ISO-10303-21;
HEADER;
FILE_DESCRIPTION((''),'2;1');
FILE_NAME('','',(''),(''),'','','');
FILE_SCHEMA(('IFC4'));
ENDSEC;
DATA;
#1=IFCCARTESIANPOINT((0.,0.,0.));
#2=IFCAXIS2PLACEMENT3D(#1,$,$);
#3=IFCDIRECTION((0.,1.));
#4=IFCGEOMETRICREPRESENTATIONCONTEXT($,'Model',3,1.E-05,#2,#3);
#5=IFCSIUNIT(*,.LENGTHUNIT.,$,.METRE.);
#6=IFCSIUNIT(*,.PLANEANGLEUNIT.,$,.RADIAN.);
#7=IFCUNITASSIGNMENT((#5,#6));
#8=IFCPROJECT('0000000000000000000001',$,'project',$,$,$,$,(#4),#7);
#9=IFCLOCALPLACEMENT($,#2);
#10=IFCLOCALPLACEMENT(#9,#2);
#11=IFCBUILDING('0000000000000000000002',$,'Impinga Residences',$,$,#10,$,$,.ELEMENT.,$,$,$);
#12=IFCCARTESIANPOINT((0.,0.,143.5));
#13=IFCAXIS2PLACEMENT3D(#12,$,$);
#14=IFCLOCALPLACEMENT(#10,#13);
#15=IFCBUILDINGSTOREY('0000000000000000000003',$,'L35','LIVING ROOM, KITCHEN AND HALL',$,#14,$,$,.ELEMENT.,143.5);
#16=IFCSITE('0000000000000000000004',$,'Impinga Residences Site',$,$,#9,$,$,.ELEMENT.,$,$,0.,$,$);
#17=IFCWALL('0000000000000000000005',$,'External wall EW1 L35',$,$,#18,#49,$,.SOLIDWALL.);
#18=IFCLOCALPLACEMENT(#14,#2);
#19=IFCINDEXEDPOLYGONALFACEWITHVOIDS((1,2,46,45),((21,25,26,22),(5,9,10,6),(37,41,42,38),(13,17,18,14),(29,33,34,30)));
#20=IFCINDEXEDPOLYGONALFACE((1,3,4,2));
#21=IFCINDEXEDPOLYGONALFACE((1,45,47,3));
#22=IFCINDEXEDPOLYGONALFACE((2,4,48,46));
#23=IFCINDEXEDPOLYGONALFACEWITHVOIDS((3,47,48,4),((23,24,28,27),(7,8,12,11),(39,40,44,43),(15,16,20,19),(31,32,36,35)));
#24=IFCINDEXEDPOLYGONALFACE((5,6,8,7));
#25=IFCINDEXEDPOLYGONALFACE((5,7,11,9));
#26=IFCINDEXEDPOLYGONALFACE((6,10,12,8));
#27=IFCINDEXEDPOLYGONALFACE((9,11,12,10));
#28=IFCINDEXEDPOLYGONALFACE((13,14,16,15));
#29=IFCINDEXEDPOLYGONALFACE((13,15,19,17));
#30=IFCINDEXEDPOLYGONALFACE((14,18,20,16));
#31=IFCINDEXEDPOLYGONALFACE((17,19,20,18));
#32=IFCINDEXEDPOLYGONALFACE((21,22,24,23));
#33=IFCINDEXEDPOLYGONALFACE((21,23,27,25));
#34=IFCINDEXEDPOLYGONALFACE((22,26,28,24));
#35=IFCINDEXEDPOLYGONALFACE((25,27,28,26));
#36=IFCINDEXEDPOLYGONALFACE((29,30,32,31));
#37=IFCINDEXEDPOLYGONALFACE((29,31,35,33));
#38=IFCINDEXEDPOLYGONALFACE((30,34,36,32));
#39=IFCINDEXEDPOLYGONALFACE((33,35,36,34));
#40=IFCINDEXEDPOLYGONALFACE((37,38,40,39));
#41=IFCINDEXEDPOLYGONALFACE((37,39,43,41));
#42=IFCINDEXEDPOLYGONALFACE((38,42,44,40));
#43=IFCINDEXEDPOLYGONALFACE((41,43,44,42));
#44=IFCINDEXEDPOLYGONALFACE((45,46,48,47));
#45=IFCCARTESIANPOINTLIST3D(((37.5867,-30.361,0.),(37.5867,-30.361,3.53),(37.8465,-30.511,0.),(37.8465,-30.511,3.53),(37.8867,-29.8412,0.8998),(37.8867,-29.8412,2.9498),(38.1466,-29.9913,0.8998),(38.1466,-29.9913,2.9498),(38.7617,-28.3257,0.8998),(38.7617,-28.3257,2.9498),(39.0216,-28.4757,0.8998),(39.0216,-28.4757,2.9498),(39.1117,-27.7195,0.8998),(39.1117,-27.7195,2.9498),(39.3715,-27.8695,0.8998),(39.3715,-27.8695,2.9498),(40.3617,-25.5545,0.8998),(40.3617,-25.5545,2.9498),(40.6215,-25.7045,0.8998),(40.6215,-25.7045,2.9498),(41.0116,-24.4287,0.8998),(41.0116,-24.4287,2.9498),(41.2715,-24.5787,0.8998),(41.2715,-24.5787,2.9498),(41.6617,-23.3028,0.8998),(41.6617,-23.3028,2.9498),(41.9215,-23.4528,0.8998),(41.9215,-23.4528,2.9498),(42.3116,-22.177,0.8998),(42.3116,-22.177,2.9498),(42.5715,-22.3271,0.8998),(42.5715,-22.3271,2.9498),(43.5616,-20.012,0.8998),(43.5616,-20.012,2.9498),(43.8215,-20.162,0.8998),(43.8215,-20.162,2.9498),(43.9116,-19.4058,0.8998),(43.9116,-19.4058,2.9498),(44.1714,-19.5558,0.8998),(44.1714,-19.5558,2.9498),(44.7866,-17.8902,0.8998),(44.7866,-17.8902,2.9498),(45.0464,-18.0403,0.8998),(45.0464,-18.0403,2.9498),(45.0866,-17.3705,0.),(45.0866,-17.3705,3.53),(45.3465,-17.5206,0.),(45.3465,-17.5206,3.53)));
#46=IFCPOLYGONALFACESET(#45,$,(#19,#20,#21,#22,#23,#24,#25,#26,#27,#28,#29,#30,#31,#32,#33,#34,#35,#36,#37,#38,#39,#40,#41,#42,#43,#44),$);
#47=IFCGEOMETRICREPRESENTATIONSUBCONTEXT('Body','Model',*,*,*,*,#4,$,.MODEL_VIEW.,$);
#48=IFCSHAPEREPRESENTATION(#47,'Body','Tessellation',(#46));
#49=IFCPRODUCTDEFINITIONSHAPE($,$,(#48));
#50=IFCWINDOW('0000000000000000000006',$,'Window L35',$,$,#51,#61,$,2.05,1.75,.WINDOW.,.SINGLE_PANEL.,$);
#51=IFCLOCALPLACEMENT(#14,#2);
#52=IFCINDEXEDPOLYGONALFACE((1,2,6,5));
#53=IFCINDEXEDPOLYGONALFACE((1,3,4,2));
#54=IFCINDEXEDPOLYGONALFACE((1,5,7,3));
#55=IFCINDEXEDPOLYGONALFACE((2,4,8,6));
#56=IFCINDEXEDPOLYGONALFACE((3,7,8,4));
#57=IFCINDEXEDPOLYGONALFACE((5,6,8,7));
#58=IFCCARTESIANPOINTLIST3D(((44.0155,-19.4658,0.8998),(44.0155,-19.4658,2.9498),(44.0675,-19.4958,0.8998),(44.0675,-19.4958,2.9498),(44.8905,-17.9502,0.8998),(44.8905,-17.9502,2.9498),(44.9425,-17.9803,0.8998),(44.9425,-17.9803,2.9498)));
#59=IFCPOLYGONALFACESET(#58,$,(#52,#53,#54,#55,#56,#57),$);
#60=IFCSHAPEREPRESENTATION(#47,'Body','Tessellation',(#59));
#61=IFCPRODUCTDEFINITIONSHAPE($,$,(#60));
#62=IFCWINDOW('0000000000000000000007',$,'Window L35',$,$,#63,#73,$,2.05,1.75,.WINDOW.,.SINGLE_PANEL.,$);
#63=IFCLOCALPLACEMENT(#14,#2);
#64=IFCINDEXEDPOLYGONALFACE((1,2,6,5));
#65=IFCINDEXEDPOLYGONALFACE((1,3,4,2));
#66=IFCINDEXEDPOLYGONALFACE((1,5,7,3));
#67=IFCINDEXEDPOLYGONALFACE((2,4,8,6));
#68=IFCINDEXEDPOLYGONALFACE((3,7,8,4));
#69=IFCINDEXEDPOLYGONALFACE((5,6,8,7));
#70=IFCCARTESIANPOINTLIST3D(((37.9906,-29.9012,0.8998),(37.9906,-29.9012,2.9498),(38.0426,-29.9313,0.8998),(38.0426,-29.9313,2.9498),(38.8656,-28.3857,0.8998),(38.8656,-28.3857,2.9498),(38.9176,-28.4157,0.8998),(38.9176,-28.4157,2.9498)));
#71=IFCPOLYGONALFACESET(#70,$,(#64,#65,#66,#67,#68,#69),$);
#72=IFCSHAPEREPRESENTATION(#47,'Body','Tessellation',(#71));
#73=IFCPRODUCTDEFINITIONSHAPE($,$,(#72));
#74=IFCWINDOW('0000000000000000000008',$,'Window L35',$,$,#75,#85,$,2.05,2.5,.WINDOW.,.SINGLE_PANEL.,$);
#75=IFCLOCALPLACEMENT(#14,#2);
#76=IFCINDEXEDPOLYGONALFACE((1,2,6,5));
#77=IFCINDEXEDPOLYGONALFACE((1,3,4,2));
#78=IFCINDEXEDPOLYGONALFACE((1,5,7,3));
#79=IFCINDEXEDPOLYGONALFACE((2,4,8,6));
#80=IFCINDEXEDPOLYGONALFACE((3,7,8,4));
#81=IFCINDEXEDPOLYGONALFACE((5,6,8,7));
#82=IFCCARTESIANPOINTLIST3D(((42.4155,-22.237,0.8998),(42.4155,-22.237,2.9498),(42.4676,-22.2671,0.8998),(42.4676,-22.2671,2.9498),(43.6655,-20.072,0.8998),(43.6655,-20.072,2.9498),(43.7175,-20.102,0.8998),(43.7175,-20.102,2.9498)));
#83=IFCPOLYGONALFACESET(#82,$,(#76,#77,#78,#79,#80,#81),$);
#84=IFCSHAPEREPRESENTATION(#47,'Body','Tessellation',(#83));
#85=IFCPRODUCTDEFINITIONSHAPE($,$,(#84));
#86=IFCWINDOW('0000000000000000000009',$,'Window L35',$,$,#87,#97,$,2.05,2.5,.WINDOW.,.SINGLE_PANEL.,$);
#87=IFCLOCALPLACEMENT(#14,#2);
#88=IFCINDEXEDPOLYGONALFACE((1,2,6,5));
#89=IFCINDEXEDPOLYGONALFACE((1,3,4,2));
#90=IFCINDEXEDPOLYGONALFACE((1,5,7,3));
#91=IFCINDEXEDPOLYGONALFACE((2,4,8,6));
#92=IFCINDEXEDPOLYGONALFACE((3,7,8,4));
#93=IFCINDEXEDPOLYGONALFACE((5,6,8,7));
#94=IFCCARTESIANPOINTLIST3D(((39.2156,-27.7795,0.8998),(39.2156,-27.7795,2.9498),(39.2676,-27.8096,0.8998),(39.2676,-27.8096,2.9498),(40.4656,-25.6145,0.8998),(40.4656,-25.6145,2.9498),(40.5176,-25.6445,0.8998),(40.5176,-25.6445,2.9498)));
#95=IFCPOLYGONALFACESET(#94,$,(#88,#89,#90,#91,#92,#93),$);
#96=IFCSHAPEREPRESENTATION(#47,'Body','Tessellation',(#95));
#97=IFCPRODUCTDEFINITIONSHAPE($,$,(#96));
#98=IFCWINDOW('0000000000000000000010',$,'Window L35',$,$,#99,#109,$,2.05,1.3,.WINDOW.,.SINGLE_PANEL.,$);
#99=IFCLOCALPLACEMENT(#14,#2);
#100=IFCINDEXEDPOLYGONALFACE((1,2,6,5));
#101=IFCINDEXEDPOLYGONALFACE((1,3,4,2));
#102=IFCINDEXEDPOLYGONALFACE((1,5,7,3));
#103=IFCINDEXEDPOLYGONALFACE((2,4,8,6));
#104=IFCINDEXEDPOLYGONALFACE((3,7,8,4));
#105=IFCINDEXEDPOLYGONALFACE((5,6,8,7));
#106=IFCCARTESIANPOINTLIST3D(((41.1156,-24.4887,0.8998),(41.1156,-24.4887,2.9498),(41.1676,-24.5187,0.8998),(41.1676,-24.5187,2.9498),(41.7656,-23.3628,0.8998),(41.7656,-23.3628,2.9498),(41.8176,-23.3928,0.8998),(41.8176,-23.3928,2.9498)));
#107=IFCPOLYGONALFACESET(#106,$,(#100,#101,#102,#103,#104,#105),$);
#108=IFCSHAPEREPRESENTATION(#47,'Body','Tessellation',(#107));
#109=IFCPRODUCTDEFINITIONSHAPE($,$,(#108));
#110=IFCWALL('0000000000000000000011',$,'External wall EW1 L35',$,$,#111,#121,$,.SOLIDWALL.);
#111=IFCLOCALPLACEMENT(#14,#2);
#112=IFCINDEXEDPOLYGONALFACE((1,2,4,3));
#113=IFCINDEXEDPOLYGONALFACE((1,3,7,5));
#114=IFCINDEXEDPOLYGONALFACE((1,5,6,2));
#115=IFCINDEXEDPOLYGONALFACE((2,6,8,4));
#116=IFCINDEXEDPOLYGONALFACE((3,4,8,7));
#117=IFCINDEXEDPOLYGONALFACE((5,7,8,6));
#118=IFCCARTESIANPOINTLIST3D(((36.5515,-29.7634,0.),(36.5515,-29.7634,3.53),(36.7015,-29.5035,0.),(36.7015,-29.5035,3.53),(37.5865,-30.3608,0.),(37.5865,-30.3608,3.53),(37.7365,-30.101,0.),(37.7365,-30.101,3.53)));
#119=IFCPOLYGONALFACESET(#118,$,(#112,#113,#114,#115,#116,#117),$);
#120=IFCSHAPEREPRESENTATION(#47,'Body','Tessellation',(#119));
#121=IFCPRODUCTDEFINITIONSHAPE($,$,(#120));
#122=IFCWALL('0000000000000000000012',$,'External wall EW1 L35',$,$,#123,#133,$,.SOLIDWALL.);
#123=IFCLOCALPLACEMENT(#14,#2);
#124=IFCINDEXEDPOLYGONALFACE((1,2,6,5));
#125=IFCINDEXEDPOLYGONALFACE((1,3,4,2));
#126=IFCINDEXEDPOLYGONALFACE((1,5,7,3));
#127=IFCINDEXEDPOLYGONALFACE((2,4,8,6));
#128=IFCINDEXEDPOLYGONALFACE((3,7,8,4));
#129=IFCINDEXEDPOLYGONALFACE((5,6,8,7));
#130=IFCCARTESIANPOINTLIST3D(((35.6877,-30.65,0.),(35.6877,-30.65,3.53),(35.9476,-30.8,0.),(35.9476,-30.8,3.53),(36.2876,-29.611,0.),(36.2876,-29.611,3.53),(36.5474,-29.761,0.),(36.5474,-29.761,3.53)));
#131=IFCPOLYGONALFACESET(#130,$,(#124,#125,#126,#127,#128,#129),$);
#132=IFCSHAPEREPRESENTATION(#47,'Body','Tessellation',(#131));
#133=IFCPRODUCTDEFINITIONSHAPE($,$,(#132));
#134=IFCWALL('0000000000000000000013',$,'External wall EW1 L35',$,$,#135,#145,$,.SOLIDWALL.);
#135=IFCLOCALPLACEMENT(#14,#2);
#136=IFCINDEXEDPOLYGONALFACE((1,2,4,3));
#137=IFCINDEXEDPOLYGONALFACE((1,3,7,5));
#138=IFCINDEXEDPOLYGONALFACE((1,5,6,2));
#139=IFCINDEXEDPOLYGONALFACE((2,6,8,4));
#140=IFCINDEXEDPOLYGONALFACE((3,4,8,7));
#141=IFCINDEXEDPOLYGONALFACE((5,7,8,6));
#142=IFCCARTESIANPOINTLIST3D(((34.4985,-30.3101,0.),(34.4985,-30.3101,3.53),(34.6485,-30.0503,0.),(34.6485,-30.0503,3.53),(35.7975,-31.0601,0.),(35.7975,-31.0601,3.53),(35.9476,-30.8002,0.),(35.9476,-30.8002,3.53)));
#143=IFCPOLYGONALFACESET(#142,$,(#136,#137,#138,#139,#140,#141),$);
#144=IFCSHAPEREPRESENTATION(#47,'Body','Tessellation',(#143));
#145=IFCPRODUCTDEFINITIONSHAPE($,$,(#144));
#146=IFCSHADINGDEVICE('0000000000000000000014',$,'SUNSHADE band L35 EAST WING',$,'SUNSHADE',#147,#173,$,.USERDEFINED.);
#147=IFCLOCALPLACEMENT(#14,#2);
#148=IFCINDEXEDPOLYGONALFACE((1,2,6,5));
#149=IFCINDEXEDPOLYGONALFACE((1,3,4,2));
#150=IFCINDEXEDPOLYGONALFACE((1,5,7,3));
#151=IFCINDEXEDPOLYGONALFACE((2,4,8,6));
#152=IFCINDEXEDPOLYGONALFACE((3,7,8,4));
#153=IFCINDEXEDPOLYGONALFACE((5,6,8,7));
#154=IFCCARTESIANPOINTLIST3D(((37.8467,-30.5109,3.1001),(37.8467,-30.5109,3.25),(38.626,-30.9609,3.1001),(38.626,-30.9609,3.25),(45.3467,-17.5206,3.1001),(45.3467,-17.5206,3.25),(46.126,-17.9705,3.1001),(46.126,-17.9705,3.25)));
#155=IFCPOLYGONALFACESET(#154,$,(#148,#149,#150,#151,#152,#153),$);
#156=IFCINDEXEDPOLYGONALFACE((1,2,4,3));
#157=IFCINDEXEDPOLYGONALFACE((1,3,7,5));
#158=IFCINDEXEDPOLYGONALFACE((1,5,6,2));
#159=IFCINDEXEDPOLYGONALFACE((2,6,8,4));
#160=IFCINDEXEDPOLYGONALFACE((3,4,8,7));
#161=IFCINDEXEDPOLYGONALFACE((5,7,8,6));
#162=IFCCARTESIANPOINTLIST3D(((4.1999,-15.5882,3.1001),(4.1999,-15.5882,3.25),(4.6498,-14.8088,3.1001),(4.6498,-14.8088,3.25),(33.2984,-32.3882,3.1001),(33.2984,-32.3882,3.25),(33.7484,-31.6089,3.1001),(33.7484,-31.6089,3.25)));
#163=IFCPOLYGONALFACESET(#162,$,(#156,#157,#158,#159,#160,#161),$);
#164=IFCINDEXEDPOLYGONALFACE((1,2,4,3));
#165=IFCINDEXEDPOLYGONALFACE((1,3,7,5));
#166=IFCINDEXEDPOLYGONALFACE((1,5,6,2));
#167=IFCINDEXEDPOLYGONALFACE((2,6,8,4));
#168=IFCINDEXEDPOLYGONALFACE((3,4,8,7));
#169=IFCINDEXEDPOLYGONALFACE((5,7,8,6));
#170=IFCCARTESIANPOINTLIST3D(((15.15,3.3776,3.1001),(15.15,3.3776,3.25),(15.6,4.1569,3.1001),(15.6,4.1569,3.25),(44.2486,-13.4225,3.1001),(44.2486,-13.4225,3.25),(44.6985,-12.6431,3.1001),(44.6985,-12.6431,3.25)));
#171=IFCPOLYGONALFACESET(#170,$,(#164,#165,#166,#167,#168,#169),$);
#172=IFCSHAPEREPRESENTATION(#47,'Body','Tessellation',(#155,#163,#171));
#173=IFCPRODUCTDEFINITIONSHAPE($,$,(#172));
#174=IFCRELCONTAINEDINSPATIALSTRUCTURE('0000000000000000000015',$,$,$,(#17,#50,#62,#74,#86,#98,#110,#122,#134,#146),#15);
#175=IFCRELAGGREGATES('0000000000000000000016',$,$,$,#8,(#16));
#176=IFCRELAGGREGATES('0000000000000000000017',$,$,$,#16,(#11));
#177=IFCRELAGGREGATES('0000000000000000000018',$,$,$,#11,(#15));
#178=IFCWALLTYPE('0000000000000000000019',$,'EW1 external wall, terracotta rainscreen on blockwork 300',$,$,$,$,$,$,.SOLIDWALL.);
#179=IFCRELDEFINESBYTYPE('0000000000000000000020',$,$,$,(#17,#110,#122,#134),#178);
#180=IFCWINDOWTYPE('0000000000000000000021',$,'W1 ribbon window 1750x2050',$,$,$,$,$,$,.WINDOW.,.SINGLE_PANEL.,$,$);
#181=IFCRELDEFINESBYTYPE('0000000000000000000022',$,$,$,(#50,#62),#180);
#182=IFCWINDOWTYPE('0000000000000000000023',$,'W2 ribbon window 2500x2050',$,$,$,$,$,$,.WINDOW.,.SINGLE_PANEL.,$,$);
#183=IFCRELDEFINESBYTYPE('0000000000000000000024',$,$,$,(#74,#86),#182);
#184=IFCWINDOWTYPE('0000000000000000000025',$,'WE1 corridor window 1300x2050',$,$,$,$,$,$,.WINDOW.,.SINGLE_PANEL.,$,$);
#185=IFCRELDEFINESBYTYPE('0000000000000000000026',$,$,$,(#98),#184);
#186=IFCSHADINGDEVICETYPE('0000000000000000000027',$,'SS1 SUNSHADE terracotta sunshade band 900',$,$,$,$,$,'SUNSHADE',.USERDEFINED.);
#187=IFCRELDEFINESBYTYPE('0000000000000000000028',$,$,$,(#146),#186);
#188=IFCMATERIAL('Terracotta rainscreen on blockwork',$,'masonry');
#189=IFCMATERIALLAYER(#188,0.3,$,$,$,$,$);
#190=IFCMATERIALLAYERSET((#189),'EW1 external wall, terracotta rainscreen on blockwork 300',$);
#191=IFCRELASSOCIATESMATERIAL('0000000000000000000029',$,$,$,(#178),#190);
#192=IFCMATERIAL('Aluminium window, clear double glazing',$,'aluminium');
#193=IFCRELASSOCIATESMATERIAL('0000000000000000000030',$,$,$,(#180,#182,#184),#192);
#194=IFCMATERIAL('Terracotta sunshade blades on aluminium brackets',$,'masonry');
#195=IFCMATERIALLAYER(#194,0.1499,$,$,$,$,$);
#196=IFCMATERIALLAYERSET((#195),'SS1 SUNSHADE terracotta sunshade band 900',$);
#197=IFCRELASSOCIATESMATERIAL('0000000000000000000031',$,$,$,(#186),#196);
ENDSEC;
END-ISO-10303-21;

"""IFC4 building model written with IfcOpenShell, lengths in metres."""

from ifc_helpers import new_model, si_unit, direction, frame, frame_2d, origin, origin_2d, place, context, subcontext, project, spatial, rectangle, extrude, material, layer, layer_set, type_object, element, fill, save


model = new_model("IFC4")

# Units and contexts
model_context = context("Model", 3, precision=1e-05, world=origin(), true_north=direction((0.0, 1.0)))
body_context = subcontext(model_context, "Body", "Model", "MODEL_VIEW")
ifc_project = project(units=[si_unit("LENGTHUNIT", "METRE"), si_unit("PLANEANGLEUNIT", "RADIAN")], contexts=[model_context])

# Site, building, storey
site_placement = place(None, origin())
site = spatial("IfcSite", under=ifc_project, at=site_placement, Name="Impinga Residences Site", CompositionType="ELEMENT", RefElevation=0.0)
building_placement = place(site_placement, origin())
building = spatial("IfcBuilding", under=site, at=building_placement, Name="Impinga Residences", CompositionType="ELEMENT")
storey_placement = place(building_placement, frame((0.0, 0.0, 143.5)))
storey = spatial("IfcBuildingStorey", under=building, at=storey_placement, Name="L35", Description="LIVING ROOM, KITCHEN AND HALL", CompositionType="ELEMENT", Elevation=143.5)

# Shared definitions
ifc_material_1 = material(Name="Terracotta rainscreen on blockwork", Category="masonry")
ifc_layer_1 = layer(ifc_material_1, 0.3)
ifc_layer_set_1 = layer_set([ifc_layer_1], Name="EW1 external wall, terracotta rainscreen on blockwork 300")
wall_type = type_object("IfcWallType", Name="EW1 external wall, terracotta rainscreen on blockwork 300", PredefinedType="SOLIDWALL", material=ifc_layer_set_1)

# Wall, openings, windows
wall_1_placement = place(storey_placement, frame((45.2166, -17.4456, 0.0), z_axis=(0.0, 0.0, 1.0), x_axis=(-0.499997, -0.866027, 0.0)))
wall_1 = element("IfcWall", 1, at=wall_1_placement, inside=storey, type_object=wall_type, Name="External wall EW1 L35", PredefinedType="SOLIDWALL", context=body_context, shape_type="SweptSolid", body=[
    extrude(rectangle(XDim=15.0, YDim=0.3, at=frame_2d((7.5, 0.0))), origin(), (0.0, 0.0, 1.0), 3.53),
])
opening_1_placement = place(wall_1_placement, frame((0.6001, 0.0, 0.8999)))
opening_1 = element("IfcOpeningElement", 2, at=opening_1_placement, cuts=wall_1, PredefinedType="OPENING", context=body_context, shape_type="SweptSolid", body=[
    extrude(rectangle(XDim=1.75, YDim=2.05, at=frame_2d((0.875, 1.0249))), frame((0.0, 0.1599, 0.0), z_axis=(0.0, -1.0, 0.0), x_axis=(1.0, 0.0, 0.0)), (0.0, 0.0, 1.0), 0.3201),
])
opening_2_placement = place(wall_1_placement, frame((3.05, 0.0, 0.8999)))
opening_2 = element("IfcOpeningElement", 3, at=opening_2_placement, cuts=wall_1, PredefinedType="OPENING", context=body_context, shape_type="SweptSolid", body=[
    extrude(rectangle(XDim=2.5, YDim=2.05, at=frame_2d((1.25, 1.0249))), frame((0.0, 0.1599, 0.0), z_axis=(0.0, -1.0, 0.0), x_axis=(1.0, 0.0, 0.0)), (0.0, 0.0, 1.0), 0.3201),
])
opening_3_placement = place(wall_1_placement, frame((6.8501, 0.0, 0.8999)))
opening_3 = element("IfcOpeningElement", 4, at=opening_3_placement, cuts=wall_1, PredefinedType="OPENING", context=body_context, shape_type="SweptSolid", body=[
    extrude(rectangle(XDim=1.3, YDim=2.05, at=frame_2d((0.6499, 1.0249))), frame((0.0, 0.1599, 0.0), z_axis=(0.0, -1.0, 0.0), x_axis=(1.0, 0.0, 0.0)), (0.0, 0.0, 1.0), 0.3201),
])
opening_4_placement = place(wall_1_placement, frame((9.45, 0.0, 0.8999)))
opening_4 = element("IfcOpeningElement", 5, at=opening_4_placement, cuts=wall_1, PredefinedType="OPENING", context=body_context, shape_type="SweptSolid", body=[
    extrude(rectangle(XDim=2.5, YDim=2.05, at=frame_2d((1.25, 1.0249))), frame((0.0, 0.1599, 0.0), z_axis=(0.0, -1.0, 0.0), x_axis=(1.0, 0.0, 0.0)), (0.0, 0.0, 1.0), 0.3201),
])
opening_5_placement = place(wall_1_placement, frame((12.6499, 0.0, 0.8999)))
opening_5 = element("IfcOpeningElement", 6, at=opening_5_placement, cuts=wall_1, PredefinedType="OPENING", context=body_context, shape_type="SweptSolid", body=[
    extrude(rectangle(XDim=1.75, YDim=2.05, at=frame_2d((0.875, 1.0249))), frame((0.0, 0.1599, 0.0), z_axis=(0.0, -1.0, 0.0), x_axis=(1.0, 0.0, 0.0)), (0.0, 0.0, 1.0), 0.3201),
])
ifc_material_2 = material(Name="Aluminium window, clear double glazing", Category="aluminium")
window_type_1 = type_object("IfcWindowType", Name="W1 ribbon window 1750x2050", PartitioningType="SINGLE_PANEL", PredefinedType="WINDOW", material=ifc_material_2)
window_1_placement = place(opening_1_placement, origin())
window_1 = element("IfcWindow", 7, at=window_1_placement, inside=storey, type_object=window_type_1, Name="Window L35", OverallHeight=2.05, OverallWidth=1.75, PartitioningType="SINGLE_PANEL", PredefinedType="WINDOW", context=body_context, shape_type="SweptSolid", body=[
    extrude(rectangle(XDim=1.75, YDim=2.05, at=frame_2d((0.875, 1.0249))), frame((0.0, 0.03, 0.0), z_axis=(0.0, -1.0, 0.0), x_axis=(1.0, 0.0, 0.0)), (0.0, 0.0, 1.0), 0.0601),
])
fill(opening_1, window_1)
window_2_placement = place(opening_5_placement, origin())
window_2 = element("IfcWindow", 8, at=window_2_placement, inside=storey, type_object=window_type_1, Name="Window L35", OverallHeight=2.05, OverallWidth=1.75, PartitioningType="SINGLE_PANEL", PredefinedType="WINDOW", context=body_context, shape_type="SweptSolid", body=[
    extrude(rectangle(XDim=1.75, YDim=2.05, at=frame_2d((0.875, 1.0249))), frame((0.0, 0.03, 0.0), z_axis=(0.0, -1.0, 0.0), x_axis=(1.0, 0.0, 0.0)), (0.0, 0.0, 1.0), 0.0601),
])
fill(opening_5, window_2)
window_type_2 = type_object("IfcWindowType", Name="W2 ribbon window 2500x2050", PartitioningType="SINGLE_PANEL", PredefinedType="WINDOW", material=ifc_material_2)
window_3_placement = place(opening_2_placement, origin())
window_3 = element("IfcWindow", 9, at=window_3_placement, inside=storey, type_object=window_type_2, Name="Window L35", OverallHeight=2.05, OverallWidth=2.5, PartitioningType="SINGLE_PANEL", PredefinedType="WINDOW", context=body_context, shape_type="SweptSolid", body=[
    extrude(rectangle(XDim=2.5, YDim=2.05, at=frame_2d((1.25, 1.0249))), frame((0.0, 0.03, 0.0), z_axis=(0.0, -1.0, 0.0), x_axis=(1.0, 0.0, 0.0)), (0.0, 0.0, 1.0), 0.0601),
])
fill(opening_2, window_3)
window_4_placement = place(opening_4_placement, origin())
window_4 = element("IfcWindow", 10, at=window_4_placement, inside=storey, type_object=window_type_2, Name="Window L35", OverallHeight=2.05, OverallWidth=2.5, PartitioningType="SINGLE_PANEL", PredefinedType="WINDOW", context=body_context, shape_type="SweptSolid", body=[
    extrude(rectangle(XDim=2.5, YDim=2.05, at=frame_2d((1.25, 1.0249))), frame((0.0, 0.03, 0.0), z_axis=(0.0, -1.0, 0.0), x_axis=(1.0, 0.0, 0.0)), (0.0, 0.0, 1.0), 0.0601),
])
fill(opening_4, window_4)
window_type_3 = type_object("IfcWindowType", Name="WE1 corridor window 1300x2050", PartitioningType="SINGLE_PANEL", PredefinedType="WINDOW", material=ifc_material_2)
window_5_placement = place(opening_3_placement, origin())
window_5 = element("IfcWindow", 11, at=window_5_placement, inside=storey, type_object=window_type_3, Name="Window L35", OverallHeight=2.05, OverallWidth=1.3, PartitioningType="SINGLE_PANEL", PredefinedType="WINDOW", context=body_context, shape_type="SweptSolid", body=[
    extrude(rectangle(XDim=1.3, YDim=2.05, at=frame_2d((0.6499, 1.0249))), frame((0.0, 0.03, 0.0), z_axis=(0.0, -1.0, 0.0), x_axis=(1.0, 0.0, 0.0)), (0.0, 0.0, 1.0), 0.0601),
])
fill(opening_3, window_5)

# Walls
wall_2_placement = place(storey_placement, frame((37.6616, -30.231, 0.0), z_axis=(0.0, 0.0, 1.0), x_axis=(-0.86606, 0.499941, 0.0)))
element("IfcWall", 12, at=wall_2_placement, inside=storey, type_object=wall_type, Name="External wall EW1 L35", PredefinedType="SOLIDWALL", context=body_context, shape_type="SweptSolid", body=[
    extrude(rectangle(XDim=1.1951, YDim=0.3, at=frame_2d((0.5977, 0.0))), origin(), (0.0, 0.0, 1.0), 3.53),
])
wall_3_placement = place(storey_placement, frame((36.4175, -29.686, 0.0), z_axis=(0.0, 0.0, 1.0), x_axis=(-0.499969, -0.866043, 0.0)))
element("IfcWall", 13, at=wall_3_placement, inside=storey, type_object=wall_type, Name="External wall EW1 L35", PredefinedType="SOLIDWALL", context=body_context, shape_type="SweptSolid", body=[
    extrude(rectangle(XDim=1.1997, YDim=0.3, at=frame_2d((0.5999, 0.0))), origin(), (0.0, 0.0, 1.0), 3.53),
])
wall_4_placement = place(storey_placement, frame((35.8726, -30.9302, 0.0), z_axis=(0.0, 0.0, 1.0), x_axis=(-0.866031, 0.49999, 0.0)))
element("IfcWall", 14, at=wall_4_placement, inside=storey, type_object=wall_type, Name="External wall EW1 L35", PredefinedType="SOLIDWALL", context=body_context, shape_type="SweptSolid", body=[
    extrude(rectangle(XDim=1.5, YDim=0.3, at=frame_2d((0.75, 0.0))), origin(), (0.0, 0.0, 1.0), 3.53),
])

# Shading device
ifc_material_3 = material(Name="Terracotta sunshade blades on aluminium brackets", Category="masonry")
ifc_layer_2 = layer(ifc_material_3, 0.1499)
ifc_layer_set_2 = layer_set([ifc_layer_2], Name="SS1 SUNSHADE terracotta sunshade band 900")
shading_device_type = type_object("IfcShadingDeviceType", Name="SS1 SUNSHADE terracotta sunshade band 900", ElementType="SUNSHADE", PredefinedType="USERDEFINED", material=ifc_layer_set_2)
shading_device_placement = place(storey_placement, frame((41.9863, -24.2407, 3.1001), z_axis=(0.0, 0.0, 1.0), x_axis=(-0.5, -0.866025, 0.0)))
element("IfcShadingDevice", 15, at=shading_device_placement, inside=storey, type_object=shading_device_type, Name="SUNSHADE band L35 EAST WING", ObjectType="SUNSHADE", PredefinedType="USERDEFINED", context=body_context, shape_type="SweptSolid", body=[
    extrude(rectangle(XDim=15.0, YDim=0.8999, at=origin_2d()), origin(), (0.0, 0.0, 1.0), 0.1499),
    extrude(rectangle(XDim=33.6001, YDim=0.8999, at=origin_2d()), frame((10.95, -20.2502, 0.0), z_axis=(0.0, 0.0, 1.0), x_axis=(0.0, -1.0, 0.0)), (0.0, 0.0, 1.0), 0.1499),
    extrude(rectangle(XDim=33.6001, YDim=0.8999, at=origin_2d()), frame((-10.95, -20.25, 0.0), z_axis=(0.0, 0.0, 1.0), x_axis=(0.0, 1.0, 0.0)), (0.0, 0.0, 1.0), 0.1499),
])

save(model, "model.ifc")
